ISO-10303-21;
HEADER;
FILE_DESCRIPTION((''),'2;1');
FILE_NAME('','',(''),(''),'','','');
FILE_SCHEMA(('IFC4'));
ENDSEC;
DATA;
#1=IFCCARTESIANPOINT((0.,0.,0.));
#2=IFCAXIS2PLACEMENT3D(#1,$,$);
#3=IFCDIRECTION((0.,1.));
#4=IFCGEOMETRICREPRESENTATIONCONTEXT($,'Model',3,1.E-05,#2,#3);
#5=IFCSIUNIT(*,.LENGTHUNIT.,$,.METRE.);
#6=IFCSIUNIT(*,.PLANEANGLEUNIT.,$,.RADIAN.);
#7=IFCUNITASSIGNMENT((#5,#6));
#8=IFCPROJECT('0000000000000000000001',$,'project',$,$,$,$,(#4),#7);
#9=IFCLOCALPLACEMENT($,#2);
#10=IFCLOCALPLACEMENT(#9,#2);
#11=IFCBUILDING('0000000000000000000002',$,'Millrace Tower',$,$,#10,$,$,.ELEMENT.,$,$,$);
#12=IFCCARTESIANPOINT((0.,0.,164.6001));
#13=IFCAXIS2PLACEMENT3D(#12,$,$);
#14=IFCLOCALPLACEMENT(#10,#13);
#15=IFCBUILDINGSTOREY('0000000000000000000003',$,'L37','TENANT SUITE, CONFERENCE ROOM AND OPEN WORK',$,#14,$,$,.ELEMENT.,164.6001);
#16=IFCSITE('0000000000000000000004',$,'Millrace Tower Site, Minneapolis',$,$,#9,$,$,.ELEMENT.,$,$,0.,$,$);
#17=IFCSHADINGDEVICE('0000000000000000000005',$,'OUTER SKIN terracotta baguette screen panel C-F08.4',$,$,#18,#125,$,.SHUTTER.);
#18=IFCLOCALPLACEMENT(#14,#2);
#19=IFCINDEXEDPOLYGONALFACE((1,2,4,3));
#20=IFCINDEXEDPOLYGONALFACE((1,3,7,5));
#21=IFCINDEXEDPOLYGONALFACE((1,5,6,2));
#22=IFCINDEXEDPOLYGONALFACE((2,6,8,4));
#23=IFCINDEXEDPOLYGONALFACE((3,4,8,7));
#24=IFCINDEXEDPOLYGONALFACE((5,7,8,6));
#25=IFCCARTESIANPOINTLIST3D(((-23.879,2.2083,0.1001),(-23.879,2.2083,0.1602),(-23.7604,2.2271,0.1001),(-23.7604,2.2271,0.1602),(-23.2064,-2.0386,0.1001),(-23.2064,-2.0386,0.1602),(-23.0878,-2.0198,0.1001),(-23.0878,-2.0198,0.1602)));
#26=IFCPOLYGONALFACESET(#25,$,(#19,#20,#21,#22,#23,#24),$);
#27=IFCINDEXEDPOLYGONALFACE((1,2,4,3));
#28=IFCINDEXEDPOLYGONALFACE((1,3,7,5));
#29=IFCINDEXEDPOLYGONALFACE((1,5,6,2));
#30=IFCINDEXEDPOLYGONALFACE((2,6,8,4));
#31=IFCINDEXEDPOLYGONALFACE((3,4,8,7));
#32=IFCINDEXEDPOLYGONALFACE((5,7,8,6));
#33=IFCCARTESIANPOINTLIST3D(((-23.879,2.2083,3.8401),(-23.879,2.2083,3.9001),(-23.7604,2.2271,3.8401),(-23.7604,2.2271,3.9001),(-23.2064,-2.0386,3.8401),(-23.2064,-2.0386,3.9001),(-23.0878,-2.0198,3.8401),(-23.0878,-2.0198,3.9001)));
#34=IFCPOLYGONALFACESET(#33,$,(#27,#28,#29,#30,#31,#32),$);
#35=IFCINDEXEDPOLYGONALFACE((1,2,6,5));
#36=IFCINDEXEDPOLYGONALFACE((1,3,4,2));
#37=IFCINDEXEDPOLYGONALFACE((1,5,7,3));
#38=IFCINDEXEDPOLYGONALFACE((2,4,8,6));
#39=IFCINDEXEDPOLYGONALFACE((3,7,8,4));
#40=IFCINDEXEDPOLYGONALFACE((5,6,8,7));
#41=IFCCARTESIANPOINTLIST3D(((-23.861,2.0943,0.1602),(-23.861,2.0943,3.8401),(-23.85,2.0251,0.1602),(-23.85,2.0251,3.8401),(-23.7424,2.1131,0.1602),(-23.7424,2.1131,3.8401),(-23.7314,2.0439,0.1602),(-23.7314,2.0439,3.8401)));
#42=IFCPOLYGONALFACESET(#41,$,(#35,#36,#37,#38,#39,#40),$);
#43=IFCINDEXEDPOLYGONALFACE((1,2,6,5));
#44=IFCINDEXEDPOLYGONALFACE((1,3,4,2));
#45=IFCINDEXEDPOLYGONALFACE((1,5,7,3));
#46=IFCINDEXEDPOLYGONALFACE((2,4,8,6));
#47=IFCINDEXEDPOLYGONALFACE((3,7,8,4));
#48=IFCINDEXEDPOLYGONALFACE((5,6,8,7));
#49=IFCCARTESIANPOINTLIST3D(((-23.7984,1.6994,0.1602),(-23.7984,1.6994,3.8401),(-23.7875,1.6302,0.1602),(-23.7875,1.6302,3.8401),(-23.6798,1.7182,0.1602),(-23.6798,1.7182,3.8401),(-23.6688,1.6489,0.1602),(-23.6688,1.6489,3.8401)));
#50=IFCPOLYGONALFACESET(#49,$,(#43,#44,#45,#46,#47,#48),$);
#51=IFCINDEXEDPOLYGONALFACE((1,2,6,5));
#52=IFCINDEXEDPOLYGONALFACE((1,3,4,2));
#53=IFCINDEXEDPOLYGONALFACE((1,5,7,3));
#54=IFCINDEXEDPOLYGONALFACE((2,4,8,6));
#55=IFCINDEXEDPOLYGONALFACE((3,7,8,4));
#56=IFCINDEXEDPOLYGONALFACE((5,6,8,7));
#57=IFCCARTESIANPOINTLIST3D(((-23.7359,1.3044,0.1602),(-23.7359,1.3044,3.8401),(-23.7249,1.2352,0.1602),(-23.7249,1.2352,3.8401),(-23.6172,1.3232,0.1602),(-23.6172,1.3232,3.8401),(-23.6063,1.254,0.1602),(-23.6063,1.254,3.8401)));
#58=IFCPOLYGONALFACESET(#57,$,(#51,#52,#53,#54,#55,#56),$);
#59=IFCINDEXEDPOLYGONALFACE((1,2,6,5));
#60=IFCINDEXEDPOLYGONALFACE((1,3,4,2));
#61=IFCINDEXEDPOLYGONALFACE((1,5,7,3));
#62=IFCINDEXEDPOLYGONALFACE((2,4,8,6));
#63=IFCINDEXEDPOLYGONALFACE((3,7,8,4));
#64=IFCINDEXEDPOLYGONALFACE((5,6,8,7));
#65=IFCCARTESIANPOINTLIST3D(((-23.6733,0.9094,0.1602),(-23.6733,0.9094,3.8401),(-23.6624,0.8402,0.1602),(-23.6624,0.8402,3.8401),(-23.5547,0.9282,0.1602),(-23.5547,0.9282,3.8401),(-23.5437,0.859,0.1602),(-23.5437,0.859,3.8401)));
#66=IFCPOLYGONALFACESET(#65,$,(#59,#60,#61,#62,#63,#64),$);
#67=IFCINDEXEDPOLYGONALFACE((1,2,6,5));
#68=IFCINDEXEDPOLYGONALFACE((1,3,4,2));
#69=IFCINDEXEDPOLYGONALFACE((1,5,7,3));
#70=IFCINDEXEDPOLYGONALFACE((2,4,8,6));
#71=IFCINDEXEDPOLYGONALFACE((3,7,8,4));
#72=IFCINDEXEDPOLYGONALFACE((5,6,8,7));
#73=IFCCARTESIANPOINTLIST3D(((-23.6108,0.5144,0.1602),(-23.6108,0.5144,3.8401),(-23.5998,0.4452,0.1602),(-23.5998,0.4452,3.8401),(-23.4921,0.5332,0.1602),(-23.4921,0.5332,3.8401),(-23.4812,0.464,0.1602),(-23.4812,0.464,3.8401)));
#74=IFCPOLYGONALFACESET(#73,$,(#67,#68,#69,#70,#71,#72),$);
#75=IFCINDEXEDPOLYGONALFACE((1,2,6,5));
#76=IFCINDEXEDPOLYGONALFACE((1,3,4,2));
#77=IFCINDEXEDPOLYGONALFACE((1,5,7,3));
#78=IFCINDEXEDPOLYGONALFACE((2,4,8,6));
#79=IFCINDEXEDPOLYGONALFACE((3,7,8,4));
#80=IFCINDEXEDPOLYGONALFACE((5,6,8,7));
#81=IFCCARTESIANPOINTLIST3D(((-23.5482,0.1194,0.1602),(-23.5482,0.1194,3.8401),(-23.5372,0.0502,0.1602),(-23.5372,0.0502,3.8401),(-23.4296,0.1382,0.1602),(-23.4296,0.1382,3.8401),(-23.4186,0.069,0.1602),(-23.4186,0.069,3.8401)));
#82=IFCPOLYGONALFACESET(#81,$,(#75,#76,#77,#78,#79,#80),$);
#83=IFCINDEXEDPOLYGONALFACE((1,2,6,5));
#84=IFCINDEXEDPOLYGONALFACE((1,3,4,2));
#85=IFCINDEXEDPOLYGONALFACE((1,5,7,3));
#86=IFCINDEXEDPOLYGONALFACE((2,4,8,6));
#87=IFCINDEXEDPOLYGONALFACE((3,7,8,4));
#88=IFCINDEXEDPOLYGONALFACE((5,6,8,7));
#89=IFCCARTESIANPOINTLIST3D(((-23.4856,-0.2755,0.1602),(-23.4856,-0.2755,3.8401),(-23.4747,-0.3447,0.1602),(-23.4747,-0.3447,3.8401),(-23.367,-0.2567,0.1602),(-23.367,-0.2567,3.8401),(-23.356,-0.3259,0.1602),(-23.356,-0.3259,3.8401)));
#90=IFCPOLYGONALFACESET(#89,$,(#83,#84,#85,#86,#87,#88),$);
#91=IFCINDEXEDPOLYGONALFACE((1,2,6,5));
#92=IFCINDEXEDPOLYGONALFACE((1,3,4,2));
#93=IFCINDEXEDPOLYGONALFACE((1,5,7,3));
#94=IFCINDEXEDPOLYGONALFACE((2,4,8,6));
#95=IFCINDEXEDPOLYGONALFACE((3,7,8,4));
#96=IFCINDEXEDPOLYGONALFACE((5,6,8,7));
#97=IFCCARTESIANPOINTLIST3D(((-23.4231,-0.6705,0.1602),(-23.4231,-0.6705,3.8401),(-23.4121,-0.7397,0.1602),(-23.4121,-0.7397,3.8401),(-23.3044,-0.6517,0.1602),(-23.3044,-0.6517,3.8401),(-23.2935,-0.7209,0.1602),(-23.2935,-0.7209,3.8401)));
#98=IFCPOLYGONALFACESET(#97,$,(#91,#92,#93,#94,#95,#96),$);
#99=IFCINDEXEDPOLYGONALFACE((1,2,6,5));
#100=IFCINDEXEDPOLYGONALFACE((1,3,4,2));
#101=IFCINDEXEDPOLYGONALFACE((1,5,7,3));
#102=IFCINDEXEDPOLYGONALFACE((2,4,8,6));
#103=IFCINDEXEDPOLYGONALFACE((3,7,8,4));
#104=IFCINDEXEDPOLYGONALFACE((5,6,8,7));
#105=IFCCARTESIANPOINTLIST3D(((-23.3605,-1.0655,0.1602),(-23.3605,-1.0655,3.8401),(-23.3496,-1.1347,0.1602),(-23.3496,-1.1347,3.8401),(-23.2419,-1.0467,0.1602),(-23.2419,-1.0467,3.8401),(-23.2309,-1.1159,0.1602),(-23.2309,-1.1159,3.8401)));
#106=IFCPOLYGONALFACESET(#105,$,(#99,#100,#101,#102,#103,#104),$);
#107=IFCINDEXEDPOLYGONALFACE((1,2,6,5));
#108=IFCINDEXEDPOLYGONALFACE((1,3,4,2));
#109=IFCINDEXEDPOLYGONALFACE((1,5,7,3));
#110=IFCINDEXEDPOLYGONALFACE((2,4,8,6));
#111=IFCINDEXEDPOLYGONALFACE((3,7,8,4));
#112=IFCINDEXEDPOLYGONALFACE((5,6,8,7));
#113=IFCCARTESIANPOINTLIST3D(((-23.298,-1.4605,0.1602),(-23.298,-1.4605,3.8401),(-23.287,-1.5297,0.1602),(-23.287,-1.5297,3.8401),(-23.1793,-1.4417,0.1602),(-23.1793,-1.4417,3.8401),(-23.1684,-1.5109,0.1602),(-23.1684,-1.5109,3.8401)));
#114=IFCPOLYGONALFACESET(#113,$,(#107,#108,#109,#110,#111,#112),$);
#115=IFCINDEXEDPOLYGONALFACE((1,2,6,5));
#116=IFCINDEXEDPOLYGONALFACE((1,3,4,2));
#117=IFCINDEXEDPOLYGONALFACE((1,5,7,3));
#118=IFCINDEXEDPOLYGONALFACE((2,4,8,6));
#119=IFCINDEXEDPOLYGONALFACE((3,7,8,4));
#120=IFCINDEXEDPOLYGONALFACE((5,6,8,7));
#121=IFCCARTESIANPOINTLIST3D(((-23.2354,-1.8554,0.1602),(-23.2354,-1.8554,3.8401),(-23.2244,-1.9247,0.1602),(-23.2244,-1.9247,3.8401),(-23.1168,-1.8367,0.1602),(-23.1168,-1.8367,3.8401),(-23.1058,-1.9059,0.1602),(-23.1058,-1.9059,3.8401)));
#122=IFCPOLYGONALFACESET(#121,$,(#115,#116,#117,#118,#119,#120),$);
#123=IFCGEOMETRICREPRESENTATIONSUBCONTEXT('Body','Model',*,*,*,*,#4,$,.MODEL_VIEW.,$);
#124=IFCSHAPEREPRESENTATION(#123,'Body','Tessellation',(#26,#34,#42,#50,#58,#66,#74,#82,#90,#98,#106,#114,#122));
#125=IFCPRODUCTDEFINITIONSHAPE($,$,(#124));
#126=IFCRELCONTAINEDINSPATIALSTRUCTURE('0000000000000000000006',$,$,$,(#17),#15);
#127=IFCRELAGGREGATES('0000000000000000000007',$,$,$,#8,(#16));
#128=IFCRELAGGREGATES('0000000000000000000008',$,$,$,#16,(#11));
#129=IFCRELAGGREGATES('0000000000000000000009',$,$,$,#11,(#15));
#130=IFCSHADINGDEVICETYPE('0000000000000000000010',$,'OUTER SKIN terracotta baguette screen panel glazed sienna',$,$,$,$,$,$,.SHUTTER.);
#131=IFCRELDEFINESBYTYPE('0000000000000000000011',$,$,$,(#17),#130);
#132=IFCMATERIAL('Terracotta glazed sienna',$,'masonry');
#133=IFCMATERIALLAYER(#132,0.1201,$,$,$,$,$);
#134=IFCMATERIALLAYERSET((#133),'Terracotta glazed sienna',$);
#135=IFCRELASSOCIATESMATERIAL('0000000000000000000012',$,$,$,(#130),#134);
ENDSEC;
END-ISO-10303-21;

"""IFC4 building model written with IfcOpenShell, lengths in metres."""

from ifc_helpers import new_model, entity, si_unit, direction, frame, frame_2d, origin, origin_2d, place, context, subcontext, project, spatial, rectangle, extrude, source, transform, mapped, material, layer, layer_set, type_object, element, save


model = new_model("IFC4")

# Units and contexts
model_context = context("Model", 3, precision=1e-05, world=origin(), true_north=direction((0.0, 1.0)))
body_context = subcontext(model_context, "Body", "Model", "MODEL_VIEW")
ifc_project = project(units=[si_unit("LENGTHUNIT", "METRE"), si_unit("PLANEANGLEUNIT", "RADIAN")], contexts=[model_context])

# Site, building, storey
site_placement = place(None, origin())
site = spatial("IfcSite", under=ifc_project, at=site_placement, Name="Millrace Tower Site, Minneapolis", CompositionType="ELEMENT", RefElevation=0.0)
building_placement = place(site_placement, origin())
building = spatial("IfcBuilding", under=site, at=building_placement, Name="Millrace Tower", CompositionType="ELEMENT")
storey_placement = place(building_placement, frame((0.0, 0.0, 164.6001)))
storey = spatial("IfcBuildingStorey", under=building, at=storey_placement, Name="L37", Description="TENANT SUITE, CONFERENCE ROOM AND OPEN WORK", CompositionType="ELEMENT", Elevation=164.6001)

# Shading device
ifc_material_1 = material(Name="Terracotta glazed sienna", Category="masonry")
ifc_layer_1 = layer(ifc_material_1, 0.1201)
ifc_layer_set_1 = layer_set([ifc_layer_1], Name="Terracotta glazed sienna")
shading_device_type = type_object("IfcShadingDeviceType", Name="OUTER SKIN terracotta baguette screen panel glazed sienna", PredefinedType="SHUTTER", material=ifc_layer_set_1)
cartesian_point = entity("IfcCartesianPoint", [-2.1499, 0.0601])
shared_polyline = entity("IfcPolyline", [cartesian_point, entity("IfcCartesianPoint", [2.1499, 0.0601]), entity("IfcCartesianPoint", [2.1499, -0.0601]), entity("IfcCartesianPoint", [-2.1499, -0.0601]), cartesian_point])
shared_shape = source(origin(), body_context, "Body", "SweptSolid", [
    entity("IfcExtrudedAreaSolid", entity("IfcArbitraryClosedProfileDef", "AREA", None, shared_polyline), entity("IfcAxis2Placement3D", entity("IfcCartesianPoint", [0.0, 0.0, 0.0])), entity("IfcDirection", [0.0, 0.0, 1.0]), 0.0601),
    entity("IfcExtrudedAreaSolid", entity("IfcArbitraryClosedProfileDef", "AREA", None, shared_polyline), entity("IfcAxis2Placement3D", entity("IfcCartesianPoint", [0.0, 0.0, 3.74])), entity("IfcDirection", [0.0, 0.0, 1.0]), 0.0601),
    extrude(rectangle(XDim=0.0701, YDim=0.1201, at=frame_2d((-1.9995, 0.0))), frame((0.0, 0.0, 0.0601)), (0.0, 0.0, 1.0), 3.6799),
    extrude(rectangle(XDim=0.0701, YDim=0.1201, at=frame_2d((-1.5996, 0.0))), frame((0.0, 0.0, 0.0601)), (0.0, 0.0, 1.0), 3.6799),
    extrude(rectangle(XDim=0.0701, YDim=0.1201, at=frame_2d((-1.1997, 0.0))), frame((0.0, 0.0, 0.0601)), (0.0, 0.0, 1.0), 3.6799),
    extrude(rectangle(XDim=0.0701, YDim=0.1201, at=frame_2d((-0.7998, 0.0))), frame((0.0, 0.0, 0.0601)), (0.0, 0.0, 1.0), 3.6799),
    extrude(rectangle(XDim=0.0701, YDim=0.1201, at=frame_2d((-0.3999, 0.0))), frame((0.0, 0.0, 0.0601)), (0.0, 0.0, 1.0), 3.6799),
    extrude(rectangle(XDim=0.0701, YDim=0.1201, at=origin_2d()), frame((0.0, 0.0, 0.0601)), (0.0, 0.0, 1.0), 3.6799),
    extrude(rectangle(XDim=0.0701, YDim=0.1201, at=frame_2d((0.3999, 0.0))), frame((0.0, 0.0, 0.0601)), (0.0, 0.0, 1.0), 3.6799),
    extrude(rectangle(XDim=0.0701, YDim=0.1201, at=frame_2d((0.7998, 0.0))), frame((0.0, 0.0, 0.0601)), (0.0, 0.0, 1.0), 3.6799),
    extrude(rectangle(XDim=0.0701, YDim=0.1201, at=frame_2d((1.1997, 0.0))), frame((0.0, 0.0, 0.0601)), (0.0, 0.0, 1.0), 3.6799),
    extrude(rectangle(XDim=0.0701, YDim=0.1201, at=frame_2d((1.5996, 0.0))), frame((0.0, 0.0, 0.0601)), (0.0, 0.0, 1.0), 3.6799),
    extrude(rectangle(XDim=0.0701, YDim=0.1201, at=frame_2d((1.9995, 0.0))), frame((0.0, 0.0, 0.0601)), (0.0, 0.0, 1.0), 3.6799),
])
for number, where, z_axis, x_axis, name in (
    (1, (-23.4834, 0.0942, 0.1001), (0.0, 0.0, 1.0), (0.156434, -0.987688, 0.0), "OUTER SKIN terracotta baguette screen panel C-F08.4"),
):
    element("IfcShadingDevice", number, at=place(storey_placement, frame(where, z_axis=z_axis, x_axis=x_axis)), inside=storey, type_object=shading_device_type, Name=name, PredefinedType="SHUTTER", context=body_context, shape_type="MappedRepresentation", body=[
        mapped(shared_shape, transform((0.0, 0.0, 0.0), scale=1.0)),
    ])

save(model, "model.ifc")
